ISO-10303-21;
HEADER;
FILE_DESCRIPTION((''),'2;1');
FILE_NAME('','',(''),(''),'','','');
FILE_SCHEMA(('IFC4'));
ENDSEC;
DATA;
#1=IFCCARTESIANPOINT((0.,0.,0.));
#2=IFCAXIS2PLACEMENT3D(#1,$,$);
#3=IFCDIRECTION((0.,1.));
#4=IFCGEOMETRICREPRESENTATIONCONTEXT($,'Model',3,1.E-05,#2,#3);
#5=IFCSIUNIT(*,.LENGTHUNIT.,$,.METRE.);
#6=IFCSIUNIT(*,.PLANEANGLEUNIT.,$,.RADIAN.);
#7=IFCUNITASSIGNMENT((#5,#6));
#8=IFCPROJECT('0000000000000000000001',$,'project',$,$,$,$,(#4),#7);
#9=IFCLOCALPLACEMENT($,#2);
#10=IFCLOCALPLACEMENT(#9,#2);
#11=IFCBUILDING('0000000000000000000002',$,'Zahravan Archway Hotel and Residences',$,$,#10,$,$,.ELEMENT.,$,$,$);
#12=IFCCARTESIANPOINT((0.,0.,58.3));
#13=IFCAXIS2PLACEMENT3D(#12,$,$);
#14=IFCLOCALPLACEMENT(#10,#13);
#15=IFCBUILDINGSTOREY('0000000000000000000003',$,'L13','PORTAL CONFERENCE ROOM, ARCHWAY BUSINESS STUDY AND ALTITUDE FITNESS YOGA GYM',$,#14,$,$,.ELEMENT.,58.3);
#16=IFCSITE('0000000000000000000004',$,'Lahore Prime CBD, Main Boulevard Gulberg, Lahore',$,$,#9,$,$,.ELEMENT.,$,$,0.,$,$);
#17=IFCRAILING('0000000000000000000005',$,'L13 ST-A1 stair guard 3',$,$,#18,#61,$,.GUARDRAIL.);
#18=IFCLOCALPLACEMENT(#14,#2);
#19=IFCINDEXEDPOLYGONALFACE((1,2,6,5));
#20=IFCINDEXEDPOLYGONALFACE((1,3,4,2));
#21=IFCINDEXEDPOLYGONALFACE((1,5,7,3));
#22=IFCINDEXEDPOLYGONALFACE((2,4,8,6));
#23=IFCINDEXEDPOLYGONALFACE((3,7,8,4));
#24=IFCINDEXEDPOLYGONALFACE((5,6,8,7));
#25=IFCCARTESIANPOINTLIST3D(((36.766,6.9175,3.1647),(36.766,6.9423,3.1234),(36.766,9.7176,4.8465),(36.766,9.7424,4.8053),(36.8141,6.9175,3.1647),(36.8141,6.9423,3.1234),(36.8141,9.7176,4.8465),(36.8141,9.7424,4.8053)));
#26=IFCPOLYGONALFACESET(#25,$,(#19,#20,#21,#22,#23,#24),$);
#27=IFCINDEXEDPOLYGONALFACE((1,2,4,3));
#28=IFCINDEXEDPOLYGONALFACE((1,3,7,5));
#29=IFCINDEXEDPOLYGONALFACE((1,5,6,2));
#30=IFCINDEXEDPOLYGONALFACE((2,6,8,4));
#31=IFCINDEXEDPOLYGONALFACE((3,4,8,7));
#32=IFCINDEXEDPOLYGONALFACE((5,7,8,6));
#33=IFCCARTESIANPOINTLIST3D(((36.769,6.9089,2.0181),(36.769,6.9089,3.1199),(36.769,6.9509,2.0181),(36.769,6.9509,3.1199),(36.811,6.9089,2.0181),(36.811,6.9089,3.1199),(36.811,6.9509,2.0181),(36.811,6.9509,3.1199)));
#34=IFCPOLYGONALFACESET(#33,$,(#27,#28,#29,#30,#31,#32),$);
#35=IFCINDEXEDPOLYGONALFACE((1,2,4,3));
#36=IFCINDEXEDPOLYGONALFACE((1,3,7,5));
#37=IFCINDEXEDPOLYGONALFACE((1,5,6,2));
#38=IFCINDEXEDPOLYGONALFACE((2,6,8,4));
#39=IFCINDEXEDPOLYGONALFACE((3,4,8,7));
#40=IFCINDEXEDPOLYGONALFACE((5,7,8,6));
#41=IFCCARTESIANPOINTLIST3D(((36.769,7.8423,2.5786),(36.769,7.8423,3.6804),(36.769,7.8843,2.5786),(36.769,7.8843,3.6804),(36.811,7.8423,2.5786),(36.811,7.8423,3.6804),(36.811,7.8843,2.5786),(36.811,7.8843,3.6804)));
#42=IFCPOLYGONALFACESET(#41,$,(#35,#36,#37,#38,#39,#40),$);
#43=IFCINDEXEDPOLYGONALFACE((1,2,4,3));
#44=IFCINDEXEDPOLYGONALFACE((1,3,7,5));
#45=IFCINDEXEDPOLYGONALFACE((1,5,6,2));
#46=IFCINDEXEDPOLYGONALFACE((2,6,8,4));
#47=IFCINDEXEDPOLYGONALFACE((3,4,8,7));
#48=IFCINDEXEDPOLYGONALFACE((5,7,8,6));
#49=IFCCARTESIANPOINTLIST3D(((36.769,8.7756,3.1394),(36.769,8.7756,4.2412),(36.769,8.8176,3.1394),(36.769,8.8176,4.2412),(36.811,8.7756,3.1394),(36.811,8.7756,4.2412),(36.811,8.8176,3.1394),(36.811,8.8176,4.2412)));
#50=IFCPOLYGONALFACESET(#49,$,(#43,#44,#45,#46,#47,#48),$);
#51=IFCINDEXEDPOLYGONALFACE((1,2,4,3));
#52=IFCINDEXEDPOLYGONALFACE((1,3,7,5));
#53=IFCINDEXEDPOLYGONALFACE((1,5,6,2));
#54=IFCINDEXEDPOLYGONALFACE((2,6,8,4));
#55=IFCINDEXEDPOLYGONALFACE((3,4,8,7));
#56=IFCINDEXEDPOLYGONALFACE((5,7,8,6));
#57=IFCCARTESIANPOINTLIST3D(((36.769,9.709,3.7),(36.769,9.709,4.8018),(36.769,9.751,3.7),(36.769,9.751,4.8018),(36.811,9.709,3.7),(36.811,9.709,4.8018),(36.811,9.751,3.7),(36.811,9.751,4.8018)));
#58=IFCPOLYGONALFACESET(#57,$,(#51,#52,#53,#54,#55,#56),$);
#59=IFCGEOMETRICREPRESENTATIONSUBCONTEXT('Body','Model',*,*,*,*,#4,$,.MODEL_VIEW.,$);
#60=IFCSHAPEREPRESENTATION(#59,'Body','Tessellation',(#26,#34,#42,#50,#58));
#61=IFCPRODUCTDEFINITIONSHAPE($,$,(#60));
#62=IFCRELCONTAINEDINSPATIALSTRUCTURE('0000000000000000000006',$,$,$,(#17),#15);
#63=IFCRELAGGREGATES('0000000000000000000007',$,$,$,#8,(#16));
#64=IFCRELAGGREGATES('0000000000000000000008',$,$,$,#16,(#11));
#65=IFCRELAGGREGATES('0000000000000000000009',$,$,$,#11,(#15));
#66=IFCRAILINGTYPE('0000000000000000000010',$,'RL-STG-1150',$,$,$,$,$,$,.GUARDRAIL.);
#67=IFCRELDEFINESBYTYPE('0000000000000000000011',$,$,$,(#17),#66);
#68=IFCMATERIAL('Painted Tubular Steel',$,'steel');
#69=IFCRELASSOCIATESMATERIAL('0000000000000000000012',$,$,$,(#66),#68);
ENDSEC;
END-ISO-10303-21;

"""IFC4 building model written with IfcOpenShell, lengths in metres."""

from ifc_helpers import new_model, si_unit, direction, frame, origin, origin_2d, place, context, subcontext, project, spatial, rectangle, extrude, material, type_object, element, save


model = new_model("IFC4")

# Units and contexts
model_context = context("Model", 3, precision=1e-05, world=origin(), true_north=direction((0.0, 1.0)))
body_context = subcontext(model_context, "Body", "Model", "MODEL_VIEW")
ifc_project = project(units=[si_unit("LENGTHUNIT", "METRE"), si_unit("PLANEANGLEUNIT", "RADIAN")], contexts=[model_context])

# Site, building, storey
site_placement = place(None, origin())
site = spatial("IfcSite", under=ifc_project, at=site_placement, Name="Lahore Prime CBD, Main Boulevard Gulberg, Lahore", CompositionType="ELEMENT", RefElevation=0.0)
building_placement = place(site_placement, origin())
building = spatial("IfcBuilding", under=site, at=building_placement, Name="Zahravan Archway Hotel and Residences", CompositionType="ELEMENT")
storey_placement = place(building_placement, frame((0.0, 0.0, 58.3)))
storey = spatial("IfcBuildingStorey", under=building, at=storey_placement, Name="L13", Description="PORTAL CONFERENCE ROOM, ARCHWAY BUSINESS STUDY AND ALTITUDE FITNESS YOGA GYM", CompositionType="ELEMENT", Elevation=58.3)

# Railing
ifc_material_1 = material(Name="Painted Tubular Steel", Category="steel")
railing_type = type_object("IfcRailingType", Name="RL-STG-1150", PredefinedType="GUARDRAIL", material=ifc_material_1)
railing_1_placement = place(storey_placement, frame((36.79, 6.9299, 2.0181)))
element("IfcRailing", 1, at=railing_1_placement, inside=storey, type_object=railing_type, Name="L13 ST-A1 stair guard 3", PredefinedType="GUARDRAIL", context=body_context, shape_type="SweptSolid", body=[
    extrude(rectangle(XDim=0.0481, YDim=0.0481, at=origin_2d()), frame((0.0, 0.0, 1.126), z_axis=(0.0, 0.857242, 0.514913), x_axis=(-1.0, 0.0, 0.0)), (0.0, 0.0, 1.0), 3.2664),
    extrude(rectangle(XDim=0.042, YDim=0.042, at=origin_2d()), origin(), (0.0, 0.0, 1.0), 1.1018),
    extrude(rectangle(XDim=0.042, YDim=0.042, at=origin_2d()), frame((0.0, 0.9333, 0.5605)), (0.0, 0.0, 1.0), 1.1018),
    extrude(rectangle(XDim=0.042, YDim=0.042, at=origin_2d()), frame((0.0, 1.8667, 1.1213)), (0.0, 0.0, 1.0), 1.1018),
    extrude(rectangle(XDim=0.042, YDim=0.042, at=origin_2d()), frame((0.0, 2.8, 1.6819)), (0.0, 0.0, 1.0), 1.1018),
])

save(model, "model.ifc")
